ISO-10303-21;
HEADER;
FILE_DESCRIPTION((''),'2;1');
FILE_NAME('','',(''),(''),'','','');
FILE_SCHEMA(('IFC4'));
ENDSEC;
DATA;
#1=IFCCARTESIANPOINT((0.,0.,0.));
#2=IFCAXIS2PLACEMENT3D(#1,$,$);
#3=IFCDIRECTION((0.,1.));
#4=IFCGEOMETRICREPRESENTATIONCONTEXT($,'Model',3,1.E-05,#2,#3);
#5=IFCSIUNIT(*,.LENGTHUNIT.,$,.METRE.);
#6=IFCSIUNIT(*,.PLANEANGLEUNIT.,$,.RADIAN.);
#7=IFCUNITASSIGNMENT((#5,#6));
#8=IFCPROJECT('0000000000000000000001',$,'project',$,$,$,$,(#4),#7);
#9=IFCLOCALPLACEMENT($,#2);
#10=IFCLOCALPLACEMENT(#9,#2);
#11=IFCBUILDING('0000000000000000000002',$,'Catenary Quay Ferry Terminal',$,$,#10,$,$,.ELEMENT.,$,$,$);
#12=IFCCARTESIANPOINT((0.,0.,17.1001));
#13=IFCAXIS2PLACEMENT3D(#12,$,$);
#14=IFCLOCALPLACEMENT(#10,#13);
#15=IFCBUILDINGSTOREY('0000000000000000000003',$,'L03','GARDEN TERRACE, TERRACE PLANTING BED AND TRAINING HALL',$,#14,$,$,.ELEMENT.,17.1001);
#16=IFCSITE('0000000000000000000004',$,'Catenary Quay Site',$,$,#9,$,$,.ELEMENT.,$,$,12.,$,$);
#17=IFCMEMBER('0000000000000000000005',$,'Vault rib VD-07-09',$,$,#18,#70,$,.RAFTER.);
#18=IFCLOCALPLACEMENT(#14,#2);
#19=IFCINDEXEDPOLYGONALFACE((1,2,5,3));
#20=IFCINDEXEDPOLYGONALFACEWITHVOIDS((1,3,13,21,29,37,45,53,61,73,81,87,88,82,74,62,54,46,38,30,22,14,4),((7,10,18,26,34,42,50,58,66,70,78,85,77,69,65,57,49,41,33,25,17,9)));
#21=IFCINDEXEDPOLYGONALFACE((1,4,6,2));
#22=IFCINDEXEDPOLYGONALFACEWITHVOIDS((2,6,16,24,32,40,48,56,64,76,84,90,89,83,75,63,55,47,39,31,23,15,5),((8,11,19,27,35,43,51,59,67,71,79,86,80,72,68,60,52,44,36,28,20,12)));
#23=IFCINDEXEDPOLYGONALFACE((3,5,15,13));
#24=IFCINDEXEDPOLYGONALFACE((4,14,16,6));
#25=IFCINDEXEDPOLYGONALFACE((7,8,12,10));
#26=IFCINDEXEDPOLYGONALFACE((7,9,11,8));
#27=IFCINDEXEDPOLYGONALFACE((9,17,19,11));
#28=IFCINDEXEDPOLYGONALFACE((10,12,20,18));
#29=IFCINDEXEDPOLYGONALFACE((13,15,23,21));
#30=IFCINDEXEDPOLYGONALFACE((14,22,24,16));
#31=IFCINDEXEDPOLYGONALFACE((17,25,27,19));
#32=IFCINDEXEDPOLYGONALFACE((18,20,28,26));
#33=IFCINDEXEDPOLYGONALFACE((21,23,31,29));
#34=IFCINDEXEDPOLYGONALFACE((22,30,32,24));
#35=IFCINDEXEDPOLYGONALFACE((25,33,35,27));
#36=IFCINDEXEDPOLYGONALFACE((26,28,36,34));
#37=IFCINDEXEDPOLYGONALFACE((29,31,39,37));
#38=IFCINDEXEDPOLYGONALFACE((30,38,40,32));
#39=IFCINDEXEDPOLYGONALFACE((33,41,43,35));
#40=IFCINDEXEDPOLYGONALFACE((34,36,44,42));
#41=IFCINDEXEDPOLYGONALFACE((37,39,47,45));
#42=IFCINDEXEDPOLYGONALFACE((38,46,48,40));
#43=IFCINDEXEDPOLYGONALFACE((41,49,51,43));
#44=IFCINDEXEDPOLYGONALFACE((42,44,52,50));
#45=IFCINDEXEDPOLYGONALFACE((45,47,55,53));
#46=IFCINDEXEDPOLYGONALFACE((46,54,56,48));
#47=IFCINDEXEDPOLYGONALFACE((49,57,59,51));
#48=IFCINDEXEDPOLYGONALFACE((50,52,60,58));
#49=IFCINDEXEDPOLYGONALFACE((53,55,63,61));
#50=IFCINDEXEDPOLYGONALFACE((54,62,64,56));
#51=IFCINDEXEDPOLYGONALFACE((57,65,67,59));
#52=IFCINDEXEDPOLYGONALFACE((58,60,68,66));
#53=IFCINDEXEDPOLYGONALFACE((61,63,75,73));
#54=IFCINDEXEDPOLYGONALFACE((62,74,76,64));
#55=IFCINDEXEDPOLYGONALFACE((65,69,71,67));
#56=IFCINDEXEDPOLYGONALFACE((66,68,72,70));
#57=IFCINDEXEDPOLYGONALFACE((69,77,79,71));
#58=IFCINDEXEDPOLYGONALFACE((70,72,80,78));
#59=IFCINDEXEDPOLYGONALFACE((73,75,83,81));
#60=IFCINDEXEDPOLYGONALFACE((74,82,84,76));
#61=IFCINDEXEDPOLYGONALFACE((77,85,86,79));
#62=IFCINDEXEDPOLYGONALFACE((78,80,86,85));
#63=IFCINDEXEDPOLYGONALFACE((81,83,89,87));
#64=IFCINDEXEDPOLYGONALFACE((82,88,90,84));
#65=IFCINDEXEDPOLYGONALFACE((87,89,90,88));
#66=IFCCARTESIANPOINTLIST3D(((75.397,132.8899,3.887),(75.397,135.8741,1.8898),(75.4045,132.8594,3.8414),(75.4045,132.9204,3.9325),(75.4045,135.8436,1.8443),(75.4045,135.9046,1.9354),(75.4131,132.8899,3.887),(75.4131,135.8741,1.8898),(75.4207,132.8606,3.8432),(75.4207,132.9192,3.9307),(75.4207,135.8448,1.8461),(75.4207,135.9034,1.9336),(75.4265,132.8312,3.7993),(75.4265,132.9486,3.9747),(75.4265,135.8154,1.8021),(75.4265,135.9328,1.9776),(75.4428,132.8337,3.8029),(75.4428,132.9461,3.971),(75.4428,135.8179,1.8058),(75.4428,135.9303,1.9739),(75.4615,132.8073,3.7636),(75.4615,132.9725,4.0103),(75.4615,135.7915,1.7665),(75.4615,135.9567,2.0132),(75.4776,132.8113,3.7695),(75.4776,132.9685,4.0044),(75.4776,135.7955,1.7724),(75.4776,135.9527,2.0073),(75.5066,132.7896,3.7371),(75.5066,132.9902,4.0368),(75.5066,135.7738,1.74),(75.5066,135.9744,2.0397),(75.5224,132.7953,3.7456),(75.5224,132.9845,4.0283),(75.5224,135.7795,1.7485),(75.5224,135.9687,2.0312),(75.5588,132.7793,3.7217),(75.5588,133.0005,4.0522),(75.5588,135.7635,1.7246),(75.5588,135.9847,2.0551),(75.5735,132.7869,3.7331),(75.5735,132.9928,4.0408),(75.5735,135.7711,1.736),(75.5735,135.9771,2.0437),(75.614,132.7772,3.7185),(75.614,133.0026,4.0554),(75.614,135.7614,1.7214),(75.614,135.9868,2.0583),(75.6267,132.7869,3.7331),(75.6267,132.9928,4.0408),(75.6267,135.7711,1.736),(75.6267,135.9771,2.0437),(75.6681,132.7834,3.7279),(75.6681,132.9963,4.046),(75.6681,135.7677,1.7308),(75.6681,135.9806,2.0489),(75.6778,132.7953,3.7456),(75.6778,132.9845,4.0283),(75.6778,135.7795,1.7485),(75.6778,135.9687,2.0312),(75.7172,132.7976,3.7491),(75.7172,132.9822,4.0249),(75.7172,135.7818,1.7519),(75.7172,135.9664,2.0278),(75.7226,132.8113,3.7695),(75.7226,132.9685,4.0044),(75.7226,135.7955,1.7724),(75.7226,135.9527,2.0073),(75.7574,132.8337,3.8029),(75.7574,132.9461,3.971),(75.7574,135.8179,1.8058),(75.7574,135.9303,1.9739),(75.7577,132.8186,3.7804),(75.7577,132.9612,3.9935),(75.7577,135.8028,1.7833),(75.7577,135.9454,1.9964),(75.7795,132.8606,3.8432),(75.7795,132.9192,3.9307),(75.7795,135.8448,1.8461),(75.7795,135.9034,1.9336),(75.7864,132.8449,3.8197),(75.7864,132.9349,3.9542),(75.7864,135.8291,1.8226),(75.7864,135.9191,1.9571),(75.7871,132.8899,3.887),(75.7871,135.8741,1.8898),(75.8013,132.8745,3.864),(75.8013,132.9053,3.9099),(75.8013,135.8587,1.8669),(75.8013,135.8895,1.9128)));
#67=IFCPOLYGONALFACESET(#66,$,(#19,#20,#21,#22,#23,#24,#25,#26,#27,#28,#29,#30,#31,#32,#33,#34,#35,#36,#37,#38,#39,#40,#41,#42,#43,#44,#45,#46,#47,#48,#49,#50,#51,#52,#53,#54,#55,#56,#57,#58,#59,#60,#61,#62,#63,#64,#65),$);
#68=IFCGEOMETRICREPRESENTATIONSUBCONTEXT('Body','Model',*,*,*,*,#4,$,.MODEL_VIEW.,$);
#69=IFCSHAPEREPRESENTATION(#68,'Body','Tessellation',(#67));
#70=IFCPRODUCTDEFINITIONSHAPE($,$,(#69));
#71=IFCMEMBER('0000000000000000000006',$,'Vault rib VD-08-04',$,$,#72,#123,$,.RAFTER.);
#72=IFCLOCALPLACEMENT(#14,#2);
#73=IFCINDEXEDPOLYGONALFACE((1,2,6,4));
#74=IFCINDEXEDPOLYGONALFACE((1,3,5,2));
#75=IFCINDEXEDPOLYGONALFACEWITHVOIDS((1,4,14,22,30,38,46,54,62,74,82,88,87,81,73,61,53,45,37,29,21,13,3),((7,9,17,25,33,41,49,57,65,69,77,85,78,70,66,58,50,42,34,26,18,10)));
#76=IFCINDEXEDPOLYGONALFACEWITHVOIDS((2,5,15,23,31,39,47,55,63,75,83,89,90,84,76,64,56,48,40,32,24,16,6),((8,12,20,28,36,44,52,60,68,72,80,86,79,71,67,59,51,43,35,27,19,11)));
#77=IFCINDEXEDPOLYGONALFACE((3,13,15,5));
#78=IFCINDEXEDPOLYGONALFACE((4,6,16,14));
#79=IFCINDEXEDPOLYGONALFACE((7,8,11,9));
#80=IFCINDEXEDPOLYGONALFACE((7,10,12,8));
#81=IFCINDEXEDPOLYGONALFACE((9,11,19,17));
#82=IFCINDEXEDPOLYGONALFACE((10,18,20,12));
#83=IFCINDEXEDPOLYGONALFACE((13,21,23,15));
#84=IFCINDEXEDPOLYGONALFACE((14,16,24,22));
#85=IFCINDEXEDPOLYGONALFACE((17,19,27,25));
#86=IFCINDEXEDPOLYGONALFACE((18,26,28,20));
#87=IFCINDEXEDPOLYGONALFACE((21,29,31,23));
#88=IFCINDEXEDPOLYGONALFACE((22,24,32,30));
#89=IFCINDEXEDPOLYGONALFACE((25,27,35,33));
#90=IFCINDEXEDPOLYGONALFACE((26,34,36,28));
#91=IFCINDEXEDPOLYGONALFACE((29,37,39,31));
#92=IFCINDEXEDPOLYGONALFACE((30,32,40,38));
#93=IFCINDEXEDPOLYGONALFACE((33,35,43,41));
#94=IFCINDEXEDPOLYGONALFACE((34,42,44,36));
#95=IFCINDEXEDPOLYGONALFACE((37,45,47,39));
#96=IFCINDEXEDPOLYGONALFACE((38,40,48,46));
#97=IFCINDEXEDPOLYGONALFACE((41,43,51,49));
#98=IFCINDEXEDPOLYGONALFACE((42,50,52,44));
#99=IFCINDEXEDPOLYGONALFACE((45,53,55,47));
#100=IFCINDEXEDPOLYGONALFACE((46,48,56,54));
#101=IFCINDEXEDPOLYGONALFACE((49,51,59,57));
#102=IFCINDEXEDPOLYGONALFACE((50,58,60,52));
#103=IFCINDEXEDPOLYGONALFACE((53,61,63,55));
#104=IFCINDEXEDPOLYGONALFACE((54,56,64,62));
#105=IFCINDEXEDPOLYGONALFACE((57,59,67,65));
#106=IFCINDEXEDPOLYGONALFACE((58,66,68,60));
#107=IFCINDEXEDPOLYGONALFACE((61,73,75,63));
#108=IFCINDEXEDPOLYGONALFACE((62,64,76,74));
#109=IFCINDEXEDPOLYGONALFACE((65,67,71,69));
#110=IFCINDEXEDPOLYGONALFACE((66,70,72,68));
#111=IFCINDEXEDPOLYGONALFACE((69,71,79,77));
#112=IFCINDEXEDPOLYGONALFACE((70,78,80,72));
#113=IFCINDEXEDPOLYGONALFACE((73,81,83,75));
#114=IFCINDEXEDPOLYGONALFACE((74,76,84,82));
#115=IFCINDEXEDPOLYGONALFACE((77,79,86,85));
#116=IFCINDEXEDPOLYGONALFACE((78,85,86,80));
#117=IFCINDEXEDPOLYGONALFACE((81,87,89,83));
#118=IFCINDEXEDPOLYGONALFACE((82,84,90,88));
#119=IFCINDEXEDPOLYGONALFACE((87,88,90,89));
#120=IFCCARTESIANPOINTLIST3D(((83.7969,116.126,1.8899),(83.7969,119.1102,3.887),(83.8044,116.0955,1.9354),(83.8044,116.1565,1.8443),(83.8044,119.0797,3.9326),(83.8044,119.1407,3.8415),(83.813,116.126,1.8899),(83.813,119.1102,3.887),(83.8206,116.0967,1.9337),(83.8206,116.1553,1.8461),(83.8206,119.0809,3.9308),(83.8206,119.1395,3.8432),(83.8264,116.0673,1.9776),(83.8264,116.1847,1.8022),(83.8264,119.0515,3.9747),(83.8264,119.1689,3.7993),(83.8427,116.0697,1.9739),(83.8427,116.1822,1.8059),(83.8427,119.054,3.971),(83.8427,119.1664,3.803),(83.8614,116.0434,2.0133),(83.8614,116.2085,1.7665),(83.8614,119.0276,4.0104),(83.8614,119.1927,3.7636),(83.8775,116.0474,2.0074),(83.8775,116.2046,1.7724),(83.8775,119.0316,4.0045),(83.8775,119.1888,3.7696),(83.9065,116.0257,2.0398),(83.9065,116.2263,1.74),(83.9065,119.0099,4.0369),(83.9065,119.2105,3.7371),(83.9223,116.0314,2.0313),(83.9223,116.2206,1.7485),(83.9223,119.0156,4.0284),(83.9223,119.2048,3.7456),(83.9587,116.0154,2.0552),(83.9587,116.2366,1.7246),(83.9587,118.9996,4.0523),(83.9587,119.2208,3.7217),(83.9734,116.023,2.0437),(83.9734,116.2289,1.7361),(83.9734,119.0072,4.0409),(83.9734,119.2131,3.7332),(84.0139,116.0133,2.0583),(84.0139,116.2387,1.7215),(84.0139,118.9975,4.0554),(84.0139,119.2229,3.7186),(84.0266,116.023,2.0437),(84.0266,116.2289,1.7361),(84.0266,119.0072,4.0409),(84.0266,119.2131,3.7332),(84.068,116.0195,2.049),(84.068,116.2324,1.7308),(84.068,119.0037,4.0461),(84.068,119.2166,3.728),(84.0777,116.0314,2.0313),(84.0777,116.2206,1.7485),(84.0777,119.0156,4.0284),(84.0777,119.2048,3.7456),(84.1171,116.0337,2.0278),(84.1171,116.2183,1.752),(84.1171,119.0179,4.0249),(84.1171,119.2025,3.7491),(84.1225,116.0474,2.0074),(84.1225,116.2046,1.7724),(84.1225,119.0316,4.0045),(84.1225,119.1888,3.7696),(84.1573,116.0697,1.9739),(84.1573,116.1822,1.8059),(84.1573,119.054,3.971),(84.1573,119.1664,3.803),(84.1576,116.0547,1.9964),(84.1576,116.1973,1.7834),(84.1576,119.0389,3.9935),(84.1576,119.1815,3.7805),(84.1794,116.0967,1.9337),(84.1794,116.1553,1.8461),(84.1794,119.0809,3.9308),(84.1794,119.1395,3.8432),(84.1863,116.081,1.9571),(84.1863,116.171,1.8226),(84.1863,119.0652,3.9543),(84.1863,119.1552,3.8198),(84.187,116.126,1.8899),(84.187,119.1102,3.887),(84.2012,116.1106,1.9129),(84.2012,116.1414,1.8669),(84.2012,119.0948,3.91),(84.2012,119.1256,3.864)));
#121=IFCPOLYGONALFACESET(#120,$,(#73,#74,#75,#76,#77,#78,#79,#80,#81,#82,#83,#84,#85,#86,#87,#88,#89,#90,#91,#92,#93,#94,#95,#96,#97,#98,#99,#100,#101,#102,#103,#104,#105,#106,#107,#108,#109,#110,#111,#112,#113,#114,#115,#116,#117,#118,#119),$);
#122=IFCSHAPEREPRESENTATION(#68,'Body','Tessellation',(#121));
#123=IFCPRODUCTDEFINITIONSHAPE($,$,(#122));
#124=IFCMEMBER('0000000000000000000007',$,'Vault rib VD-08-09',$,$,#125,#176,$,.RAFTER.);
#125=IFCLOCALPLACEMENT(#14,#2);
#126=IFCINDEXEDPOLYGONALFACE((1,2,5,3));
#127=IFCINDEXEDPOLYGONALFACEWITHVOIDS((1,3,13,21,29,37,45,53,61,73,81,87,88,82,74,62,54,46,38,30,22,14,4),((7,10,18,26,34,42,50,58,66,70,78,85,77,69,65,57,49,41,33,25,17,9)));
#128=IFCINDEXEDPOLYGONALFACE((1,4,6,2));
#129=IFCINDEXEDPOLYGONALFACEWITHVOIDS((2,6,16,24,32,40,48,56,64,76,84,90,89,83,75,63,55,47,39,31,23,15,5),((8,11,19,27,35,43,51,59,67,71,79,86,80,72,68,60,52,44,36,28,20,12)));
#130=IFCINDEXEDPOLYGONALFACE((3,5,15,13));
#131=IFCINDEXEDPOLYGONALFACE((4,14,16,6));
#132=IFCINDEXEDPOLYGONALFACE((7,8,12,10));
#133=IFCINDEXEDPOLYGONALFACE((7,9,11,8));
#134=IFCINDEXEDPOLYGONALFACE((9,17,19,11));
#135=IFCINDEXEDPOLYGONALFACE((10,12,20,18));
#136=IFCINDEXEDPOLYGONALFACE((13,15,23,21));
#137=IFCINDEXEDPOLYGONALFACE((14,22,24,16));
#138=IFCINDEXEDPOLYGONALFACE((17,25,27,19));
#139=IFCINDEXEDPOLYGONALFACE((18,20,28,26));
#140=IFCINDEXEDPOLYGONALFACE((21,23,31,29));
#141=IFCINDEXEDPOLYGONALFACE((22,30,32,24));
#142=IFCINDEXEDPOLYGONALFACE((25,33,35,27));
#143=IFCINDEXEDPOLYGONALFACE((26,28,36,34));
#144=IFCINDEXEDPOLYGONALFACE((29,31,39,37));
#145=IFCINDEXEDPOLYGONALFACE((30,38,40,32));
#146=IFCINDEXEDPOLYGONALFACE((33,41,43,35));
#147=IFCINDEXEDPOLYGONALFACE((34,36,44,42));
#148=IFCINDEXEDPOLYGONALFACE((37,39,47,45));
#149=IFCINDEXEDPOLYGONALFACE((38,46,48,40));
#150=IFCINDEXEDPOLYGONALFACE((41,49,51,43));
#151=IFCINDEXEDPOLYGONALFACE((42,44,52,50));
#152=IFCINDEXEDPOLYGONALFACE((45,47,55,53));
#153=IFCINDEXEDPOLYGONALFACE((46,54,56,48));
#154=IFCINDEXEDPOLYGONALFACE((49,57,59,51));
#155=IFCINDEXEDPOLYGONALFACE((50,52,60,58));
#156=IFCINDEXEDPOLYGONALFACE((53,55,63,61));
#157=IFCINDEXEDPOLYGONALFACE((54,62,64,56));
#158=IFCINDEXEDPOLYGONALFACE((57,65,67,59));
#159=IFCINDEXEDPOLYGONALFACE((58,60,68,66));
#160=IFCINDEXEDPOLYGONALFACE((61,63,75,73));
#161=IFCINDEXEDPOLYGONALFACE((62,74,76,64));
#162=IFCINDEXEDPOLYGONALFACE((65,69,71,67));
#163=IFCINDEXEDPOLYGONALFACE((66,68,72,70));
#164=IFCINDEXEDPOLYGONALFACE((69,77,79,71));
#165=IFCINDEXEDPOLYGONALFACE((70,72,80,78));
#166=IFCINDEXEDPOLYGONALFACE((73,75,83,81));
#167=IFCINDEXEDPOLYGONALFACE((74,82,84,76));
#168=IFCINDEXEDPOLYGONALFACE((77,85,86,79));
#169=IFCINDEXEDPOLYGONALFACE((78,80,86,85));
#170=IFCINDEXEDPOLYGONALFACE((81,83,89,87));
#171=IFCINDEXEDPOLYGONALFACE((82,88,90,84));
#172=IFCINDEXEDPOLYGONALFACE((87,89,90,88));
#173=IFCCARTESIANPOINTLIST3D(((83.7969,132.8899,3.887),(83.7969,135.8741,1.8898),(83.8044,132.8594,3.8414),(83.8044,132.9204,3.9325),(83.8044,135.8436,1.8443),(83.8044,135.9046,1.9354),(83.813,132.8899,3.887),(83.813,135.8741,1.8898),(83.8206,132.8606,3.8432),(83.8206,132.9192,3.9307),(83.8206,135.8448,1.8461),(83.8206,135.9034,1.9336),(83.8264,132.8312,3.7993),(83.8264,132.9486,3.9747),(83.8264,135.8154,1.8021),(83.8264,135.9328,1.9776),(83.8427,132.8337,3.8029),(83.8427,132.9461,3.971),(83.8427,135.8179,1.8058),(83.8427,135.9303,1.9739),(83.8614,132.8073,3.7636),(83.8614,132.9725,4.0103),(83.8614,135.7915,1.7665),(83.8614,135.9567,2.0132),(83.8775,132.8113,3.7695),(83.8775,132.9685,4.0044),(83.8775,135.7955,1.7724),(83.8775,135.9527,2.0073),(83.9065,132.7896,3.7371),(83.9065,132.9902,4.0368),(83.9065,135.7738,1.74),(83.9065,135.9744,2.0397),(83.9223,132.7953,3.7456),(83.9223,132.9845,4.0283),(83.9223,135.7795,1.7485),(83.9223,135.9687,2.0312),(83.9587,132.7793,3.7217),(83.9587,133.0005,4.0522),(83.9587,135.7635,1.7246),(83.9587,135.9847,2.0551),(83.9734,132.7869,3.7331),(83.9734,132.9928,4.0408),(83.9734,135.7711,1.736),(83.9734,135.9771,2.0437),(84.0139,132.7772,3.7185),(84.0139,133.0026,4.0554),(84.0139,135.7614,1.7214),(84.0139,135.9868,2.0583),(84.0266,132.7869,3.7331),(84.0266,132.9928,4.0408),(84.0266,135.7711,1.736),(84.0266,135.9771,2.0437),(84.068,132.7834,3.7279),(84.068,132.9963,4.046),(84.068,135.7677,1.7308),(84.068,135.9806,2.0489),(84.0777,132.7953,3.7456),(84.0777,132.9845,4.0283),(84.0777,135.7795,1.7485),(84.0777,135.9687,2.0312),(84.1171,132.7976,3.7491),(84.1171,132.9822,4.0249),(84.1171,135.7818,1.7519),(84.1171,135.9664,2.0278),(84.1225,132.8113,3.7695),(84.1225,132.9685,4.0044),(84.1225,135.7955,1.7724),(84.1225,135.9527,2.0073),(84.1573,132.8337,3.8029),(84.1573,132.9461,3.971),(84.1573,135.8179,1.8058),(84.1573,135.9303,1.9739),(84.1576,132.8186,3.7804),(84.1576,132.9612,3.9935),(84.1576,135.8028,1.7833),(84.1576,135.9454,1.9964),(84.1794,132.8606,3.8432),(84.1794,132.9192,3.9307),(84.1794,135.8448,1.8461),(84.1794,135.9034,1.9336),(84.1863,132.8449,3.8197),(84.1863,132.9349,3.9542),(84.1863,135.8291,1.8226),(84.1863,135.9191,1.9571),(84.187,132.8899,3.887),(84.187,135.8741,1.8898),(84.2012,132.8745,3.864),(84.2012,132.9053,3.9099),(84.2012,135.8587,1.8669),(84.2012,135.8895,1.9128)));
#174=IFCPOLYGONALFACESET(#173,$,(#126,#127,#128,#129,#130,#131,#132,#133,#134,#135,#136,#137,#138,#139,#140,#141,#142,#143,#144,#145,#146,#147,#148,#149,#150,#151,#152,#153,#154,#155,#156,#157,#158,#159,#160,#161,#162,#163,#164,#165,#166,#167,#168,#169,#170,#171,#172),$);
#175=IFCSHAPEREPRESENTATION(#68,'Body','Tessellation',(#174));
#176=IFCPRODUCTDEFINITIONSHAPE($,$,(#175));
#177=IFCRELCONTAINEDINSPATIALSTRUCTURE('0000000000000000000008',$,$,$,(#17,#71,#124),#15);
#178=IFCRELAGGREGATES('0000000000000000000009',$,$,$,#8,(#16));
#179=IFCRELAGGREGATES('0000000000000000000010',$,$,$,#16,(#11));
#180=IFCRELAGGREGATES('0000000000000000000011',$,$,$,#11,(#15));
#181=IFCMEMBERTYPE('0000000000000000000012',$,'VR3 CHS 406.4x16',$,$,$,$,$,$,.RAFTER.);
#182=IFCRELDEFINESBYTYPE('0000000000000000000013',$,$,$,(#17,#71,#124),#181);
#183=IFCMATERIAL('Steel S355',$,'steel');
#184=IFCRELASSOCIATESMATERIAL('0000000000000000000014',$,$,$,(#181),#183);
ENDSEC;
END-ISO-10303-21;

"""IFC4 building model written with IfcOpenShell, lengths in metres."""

from ifc_helpers import new_model, si_unit, direction, frame, origin, origin_2d, place, context, subcontext, project, spatial, hollow_circle, extrude, material, material_profile, profile_set, type_object, element, save


model = new_model("IFC4")

# Units and contexts
model_context = context("Model", 3, precision=1e-05, world=origin(), true_north=direction((0.0, 1.0)))
body_context = subcontext(model_context, "Body", "Model", "MODEL_VIEW")
ifc_project = project(units=[si_unit("LENGTHUNIT", "METRE"), si_unit("PLANEANGLEUNIT", "RADIAN")], contexts=[model_context])

# Site, building, storey
site_placement = place(None, origin())
site = spatial("IfcSite", under=ifc_project, at=site_placement, Name="Catenary Quay Site", CompositionType="ELEMENT", RefElevation=12.0)
building_placement = place(site_placement, origin())
building = spatial("IfcBuilding", under=site, at=building_placement, Name="Catenary Quay Ferry Terminal", CompositionType="ELEMENT")
storey_placement = place(building_placement, frame((0.0, 0.0, 17.1001)))
storey = spatial("IfcBuildingStorey", under=building, at=storey_placement, Name="L03", Description="GARDEN TERRACE, TERRACE PLANTING BED AND TRAINING HALL", CompositionType="ELEMENT", Elevation=17.1001)

# Members
ifc_material_1 = material(Name="Steel S355", Category="steel")
ifc_material_profile_1 = material_profile(ifc_material_1, hollow_circle(Radius=0.2031, WallThickness=0.0161, at=origin_2d()), Name="CHS 406.4x16")
ifc_profile_set_1 = profile_set([ifc_material_profile_1], Name="Steel S355")
member_type_1 = type_object("IfcMemberType", Name="VR3 CHS 406.4x16", PredefinedType="RAFTER", material=ifc_profile_set_1)
for number, where, z_axis, x_axis, name in (
    (1, (75.6001, 132.8899, 3.887), (0.0, 0.831066, -0.556174), (-1.0, 0.0, 0.0), "Vault rib VD-07-09"),
    (2, (84.0, 116.126, 1.8899), (0.0, 0.831066, 0.556174), (-1.0, 0.0, 0.0), "Vault rib VD-08-04"),
    (3, (84.0, 132.8899, 3.887), (0.0, 0.831066, -0.556174), (-1.0, 0.0, 0.0), "Vault rib VD-08-09"),
):
    element("IfcMember", number, at=place(storey_placement, frame(where, z_axis=z_axis, x_axis=x_axis)), inside=storey, type_object=member_type_1, Name=name, PredefinedType="RAFTER", context=body_context, shape_type="SweptSolid", body=[
        extrude(hollow_circle(Radius=0.2031, WallThickness=0.0161, at=origin_2d()), origin(), (0.0, 0.0, 1.0), 3.5908),
    ])

save(model, "model.ifc")
